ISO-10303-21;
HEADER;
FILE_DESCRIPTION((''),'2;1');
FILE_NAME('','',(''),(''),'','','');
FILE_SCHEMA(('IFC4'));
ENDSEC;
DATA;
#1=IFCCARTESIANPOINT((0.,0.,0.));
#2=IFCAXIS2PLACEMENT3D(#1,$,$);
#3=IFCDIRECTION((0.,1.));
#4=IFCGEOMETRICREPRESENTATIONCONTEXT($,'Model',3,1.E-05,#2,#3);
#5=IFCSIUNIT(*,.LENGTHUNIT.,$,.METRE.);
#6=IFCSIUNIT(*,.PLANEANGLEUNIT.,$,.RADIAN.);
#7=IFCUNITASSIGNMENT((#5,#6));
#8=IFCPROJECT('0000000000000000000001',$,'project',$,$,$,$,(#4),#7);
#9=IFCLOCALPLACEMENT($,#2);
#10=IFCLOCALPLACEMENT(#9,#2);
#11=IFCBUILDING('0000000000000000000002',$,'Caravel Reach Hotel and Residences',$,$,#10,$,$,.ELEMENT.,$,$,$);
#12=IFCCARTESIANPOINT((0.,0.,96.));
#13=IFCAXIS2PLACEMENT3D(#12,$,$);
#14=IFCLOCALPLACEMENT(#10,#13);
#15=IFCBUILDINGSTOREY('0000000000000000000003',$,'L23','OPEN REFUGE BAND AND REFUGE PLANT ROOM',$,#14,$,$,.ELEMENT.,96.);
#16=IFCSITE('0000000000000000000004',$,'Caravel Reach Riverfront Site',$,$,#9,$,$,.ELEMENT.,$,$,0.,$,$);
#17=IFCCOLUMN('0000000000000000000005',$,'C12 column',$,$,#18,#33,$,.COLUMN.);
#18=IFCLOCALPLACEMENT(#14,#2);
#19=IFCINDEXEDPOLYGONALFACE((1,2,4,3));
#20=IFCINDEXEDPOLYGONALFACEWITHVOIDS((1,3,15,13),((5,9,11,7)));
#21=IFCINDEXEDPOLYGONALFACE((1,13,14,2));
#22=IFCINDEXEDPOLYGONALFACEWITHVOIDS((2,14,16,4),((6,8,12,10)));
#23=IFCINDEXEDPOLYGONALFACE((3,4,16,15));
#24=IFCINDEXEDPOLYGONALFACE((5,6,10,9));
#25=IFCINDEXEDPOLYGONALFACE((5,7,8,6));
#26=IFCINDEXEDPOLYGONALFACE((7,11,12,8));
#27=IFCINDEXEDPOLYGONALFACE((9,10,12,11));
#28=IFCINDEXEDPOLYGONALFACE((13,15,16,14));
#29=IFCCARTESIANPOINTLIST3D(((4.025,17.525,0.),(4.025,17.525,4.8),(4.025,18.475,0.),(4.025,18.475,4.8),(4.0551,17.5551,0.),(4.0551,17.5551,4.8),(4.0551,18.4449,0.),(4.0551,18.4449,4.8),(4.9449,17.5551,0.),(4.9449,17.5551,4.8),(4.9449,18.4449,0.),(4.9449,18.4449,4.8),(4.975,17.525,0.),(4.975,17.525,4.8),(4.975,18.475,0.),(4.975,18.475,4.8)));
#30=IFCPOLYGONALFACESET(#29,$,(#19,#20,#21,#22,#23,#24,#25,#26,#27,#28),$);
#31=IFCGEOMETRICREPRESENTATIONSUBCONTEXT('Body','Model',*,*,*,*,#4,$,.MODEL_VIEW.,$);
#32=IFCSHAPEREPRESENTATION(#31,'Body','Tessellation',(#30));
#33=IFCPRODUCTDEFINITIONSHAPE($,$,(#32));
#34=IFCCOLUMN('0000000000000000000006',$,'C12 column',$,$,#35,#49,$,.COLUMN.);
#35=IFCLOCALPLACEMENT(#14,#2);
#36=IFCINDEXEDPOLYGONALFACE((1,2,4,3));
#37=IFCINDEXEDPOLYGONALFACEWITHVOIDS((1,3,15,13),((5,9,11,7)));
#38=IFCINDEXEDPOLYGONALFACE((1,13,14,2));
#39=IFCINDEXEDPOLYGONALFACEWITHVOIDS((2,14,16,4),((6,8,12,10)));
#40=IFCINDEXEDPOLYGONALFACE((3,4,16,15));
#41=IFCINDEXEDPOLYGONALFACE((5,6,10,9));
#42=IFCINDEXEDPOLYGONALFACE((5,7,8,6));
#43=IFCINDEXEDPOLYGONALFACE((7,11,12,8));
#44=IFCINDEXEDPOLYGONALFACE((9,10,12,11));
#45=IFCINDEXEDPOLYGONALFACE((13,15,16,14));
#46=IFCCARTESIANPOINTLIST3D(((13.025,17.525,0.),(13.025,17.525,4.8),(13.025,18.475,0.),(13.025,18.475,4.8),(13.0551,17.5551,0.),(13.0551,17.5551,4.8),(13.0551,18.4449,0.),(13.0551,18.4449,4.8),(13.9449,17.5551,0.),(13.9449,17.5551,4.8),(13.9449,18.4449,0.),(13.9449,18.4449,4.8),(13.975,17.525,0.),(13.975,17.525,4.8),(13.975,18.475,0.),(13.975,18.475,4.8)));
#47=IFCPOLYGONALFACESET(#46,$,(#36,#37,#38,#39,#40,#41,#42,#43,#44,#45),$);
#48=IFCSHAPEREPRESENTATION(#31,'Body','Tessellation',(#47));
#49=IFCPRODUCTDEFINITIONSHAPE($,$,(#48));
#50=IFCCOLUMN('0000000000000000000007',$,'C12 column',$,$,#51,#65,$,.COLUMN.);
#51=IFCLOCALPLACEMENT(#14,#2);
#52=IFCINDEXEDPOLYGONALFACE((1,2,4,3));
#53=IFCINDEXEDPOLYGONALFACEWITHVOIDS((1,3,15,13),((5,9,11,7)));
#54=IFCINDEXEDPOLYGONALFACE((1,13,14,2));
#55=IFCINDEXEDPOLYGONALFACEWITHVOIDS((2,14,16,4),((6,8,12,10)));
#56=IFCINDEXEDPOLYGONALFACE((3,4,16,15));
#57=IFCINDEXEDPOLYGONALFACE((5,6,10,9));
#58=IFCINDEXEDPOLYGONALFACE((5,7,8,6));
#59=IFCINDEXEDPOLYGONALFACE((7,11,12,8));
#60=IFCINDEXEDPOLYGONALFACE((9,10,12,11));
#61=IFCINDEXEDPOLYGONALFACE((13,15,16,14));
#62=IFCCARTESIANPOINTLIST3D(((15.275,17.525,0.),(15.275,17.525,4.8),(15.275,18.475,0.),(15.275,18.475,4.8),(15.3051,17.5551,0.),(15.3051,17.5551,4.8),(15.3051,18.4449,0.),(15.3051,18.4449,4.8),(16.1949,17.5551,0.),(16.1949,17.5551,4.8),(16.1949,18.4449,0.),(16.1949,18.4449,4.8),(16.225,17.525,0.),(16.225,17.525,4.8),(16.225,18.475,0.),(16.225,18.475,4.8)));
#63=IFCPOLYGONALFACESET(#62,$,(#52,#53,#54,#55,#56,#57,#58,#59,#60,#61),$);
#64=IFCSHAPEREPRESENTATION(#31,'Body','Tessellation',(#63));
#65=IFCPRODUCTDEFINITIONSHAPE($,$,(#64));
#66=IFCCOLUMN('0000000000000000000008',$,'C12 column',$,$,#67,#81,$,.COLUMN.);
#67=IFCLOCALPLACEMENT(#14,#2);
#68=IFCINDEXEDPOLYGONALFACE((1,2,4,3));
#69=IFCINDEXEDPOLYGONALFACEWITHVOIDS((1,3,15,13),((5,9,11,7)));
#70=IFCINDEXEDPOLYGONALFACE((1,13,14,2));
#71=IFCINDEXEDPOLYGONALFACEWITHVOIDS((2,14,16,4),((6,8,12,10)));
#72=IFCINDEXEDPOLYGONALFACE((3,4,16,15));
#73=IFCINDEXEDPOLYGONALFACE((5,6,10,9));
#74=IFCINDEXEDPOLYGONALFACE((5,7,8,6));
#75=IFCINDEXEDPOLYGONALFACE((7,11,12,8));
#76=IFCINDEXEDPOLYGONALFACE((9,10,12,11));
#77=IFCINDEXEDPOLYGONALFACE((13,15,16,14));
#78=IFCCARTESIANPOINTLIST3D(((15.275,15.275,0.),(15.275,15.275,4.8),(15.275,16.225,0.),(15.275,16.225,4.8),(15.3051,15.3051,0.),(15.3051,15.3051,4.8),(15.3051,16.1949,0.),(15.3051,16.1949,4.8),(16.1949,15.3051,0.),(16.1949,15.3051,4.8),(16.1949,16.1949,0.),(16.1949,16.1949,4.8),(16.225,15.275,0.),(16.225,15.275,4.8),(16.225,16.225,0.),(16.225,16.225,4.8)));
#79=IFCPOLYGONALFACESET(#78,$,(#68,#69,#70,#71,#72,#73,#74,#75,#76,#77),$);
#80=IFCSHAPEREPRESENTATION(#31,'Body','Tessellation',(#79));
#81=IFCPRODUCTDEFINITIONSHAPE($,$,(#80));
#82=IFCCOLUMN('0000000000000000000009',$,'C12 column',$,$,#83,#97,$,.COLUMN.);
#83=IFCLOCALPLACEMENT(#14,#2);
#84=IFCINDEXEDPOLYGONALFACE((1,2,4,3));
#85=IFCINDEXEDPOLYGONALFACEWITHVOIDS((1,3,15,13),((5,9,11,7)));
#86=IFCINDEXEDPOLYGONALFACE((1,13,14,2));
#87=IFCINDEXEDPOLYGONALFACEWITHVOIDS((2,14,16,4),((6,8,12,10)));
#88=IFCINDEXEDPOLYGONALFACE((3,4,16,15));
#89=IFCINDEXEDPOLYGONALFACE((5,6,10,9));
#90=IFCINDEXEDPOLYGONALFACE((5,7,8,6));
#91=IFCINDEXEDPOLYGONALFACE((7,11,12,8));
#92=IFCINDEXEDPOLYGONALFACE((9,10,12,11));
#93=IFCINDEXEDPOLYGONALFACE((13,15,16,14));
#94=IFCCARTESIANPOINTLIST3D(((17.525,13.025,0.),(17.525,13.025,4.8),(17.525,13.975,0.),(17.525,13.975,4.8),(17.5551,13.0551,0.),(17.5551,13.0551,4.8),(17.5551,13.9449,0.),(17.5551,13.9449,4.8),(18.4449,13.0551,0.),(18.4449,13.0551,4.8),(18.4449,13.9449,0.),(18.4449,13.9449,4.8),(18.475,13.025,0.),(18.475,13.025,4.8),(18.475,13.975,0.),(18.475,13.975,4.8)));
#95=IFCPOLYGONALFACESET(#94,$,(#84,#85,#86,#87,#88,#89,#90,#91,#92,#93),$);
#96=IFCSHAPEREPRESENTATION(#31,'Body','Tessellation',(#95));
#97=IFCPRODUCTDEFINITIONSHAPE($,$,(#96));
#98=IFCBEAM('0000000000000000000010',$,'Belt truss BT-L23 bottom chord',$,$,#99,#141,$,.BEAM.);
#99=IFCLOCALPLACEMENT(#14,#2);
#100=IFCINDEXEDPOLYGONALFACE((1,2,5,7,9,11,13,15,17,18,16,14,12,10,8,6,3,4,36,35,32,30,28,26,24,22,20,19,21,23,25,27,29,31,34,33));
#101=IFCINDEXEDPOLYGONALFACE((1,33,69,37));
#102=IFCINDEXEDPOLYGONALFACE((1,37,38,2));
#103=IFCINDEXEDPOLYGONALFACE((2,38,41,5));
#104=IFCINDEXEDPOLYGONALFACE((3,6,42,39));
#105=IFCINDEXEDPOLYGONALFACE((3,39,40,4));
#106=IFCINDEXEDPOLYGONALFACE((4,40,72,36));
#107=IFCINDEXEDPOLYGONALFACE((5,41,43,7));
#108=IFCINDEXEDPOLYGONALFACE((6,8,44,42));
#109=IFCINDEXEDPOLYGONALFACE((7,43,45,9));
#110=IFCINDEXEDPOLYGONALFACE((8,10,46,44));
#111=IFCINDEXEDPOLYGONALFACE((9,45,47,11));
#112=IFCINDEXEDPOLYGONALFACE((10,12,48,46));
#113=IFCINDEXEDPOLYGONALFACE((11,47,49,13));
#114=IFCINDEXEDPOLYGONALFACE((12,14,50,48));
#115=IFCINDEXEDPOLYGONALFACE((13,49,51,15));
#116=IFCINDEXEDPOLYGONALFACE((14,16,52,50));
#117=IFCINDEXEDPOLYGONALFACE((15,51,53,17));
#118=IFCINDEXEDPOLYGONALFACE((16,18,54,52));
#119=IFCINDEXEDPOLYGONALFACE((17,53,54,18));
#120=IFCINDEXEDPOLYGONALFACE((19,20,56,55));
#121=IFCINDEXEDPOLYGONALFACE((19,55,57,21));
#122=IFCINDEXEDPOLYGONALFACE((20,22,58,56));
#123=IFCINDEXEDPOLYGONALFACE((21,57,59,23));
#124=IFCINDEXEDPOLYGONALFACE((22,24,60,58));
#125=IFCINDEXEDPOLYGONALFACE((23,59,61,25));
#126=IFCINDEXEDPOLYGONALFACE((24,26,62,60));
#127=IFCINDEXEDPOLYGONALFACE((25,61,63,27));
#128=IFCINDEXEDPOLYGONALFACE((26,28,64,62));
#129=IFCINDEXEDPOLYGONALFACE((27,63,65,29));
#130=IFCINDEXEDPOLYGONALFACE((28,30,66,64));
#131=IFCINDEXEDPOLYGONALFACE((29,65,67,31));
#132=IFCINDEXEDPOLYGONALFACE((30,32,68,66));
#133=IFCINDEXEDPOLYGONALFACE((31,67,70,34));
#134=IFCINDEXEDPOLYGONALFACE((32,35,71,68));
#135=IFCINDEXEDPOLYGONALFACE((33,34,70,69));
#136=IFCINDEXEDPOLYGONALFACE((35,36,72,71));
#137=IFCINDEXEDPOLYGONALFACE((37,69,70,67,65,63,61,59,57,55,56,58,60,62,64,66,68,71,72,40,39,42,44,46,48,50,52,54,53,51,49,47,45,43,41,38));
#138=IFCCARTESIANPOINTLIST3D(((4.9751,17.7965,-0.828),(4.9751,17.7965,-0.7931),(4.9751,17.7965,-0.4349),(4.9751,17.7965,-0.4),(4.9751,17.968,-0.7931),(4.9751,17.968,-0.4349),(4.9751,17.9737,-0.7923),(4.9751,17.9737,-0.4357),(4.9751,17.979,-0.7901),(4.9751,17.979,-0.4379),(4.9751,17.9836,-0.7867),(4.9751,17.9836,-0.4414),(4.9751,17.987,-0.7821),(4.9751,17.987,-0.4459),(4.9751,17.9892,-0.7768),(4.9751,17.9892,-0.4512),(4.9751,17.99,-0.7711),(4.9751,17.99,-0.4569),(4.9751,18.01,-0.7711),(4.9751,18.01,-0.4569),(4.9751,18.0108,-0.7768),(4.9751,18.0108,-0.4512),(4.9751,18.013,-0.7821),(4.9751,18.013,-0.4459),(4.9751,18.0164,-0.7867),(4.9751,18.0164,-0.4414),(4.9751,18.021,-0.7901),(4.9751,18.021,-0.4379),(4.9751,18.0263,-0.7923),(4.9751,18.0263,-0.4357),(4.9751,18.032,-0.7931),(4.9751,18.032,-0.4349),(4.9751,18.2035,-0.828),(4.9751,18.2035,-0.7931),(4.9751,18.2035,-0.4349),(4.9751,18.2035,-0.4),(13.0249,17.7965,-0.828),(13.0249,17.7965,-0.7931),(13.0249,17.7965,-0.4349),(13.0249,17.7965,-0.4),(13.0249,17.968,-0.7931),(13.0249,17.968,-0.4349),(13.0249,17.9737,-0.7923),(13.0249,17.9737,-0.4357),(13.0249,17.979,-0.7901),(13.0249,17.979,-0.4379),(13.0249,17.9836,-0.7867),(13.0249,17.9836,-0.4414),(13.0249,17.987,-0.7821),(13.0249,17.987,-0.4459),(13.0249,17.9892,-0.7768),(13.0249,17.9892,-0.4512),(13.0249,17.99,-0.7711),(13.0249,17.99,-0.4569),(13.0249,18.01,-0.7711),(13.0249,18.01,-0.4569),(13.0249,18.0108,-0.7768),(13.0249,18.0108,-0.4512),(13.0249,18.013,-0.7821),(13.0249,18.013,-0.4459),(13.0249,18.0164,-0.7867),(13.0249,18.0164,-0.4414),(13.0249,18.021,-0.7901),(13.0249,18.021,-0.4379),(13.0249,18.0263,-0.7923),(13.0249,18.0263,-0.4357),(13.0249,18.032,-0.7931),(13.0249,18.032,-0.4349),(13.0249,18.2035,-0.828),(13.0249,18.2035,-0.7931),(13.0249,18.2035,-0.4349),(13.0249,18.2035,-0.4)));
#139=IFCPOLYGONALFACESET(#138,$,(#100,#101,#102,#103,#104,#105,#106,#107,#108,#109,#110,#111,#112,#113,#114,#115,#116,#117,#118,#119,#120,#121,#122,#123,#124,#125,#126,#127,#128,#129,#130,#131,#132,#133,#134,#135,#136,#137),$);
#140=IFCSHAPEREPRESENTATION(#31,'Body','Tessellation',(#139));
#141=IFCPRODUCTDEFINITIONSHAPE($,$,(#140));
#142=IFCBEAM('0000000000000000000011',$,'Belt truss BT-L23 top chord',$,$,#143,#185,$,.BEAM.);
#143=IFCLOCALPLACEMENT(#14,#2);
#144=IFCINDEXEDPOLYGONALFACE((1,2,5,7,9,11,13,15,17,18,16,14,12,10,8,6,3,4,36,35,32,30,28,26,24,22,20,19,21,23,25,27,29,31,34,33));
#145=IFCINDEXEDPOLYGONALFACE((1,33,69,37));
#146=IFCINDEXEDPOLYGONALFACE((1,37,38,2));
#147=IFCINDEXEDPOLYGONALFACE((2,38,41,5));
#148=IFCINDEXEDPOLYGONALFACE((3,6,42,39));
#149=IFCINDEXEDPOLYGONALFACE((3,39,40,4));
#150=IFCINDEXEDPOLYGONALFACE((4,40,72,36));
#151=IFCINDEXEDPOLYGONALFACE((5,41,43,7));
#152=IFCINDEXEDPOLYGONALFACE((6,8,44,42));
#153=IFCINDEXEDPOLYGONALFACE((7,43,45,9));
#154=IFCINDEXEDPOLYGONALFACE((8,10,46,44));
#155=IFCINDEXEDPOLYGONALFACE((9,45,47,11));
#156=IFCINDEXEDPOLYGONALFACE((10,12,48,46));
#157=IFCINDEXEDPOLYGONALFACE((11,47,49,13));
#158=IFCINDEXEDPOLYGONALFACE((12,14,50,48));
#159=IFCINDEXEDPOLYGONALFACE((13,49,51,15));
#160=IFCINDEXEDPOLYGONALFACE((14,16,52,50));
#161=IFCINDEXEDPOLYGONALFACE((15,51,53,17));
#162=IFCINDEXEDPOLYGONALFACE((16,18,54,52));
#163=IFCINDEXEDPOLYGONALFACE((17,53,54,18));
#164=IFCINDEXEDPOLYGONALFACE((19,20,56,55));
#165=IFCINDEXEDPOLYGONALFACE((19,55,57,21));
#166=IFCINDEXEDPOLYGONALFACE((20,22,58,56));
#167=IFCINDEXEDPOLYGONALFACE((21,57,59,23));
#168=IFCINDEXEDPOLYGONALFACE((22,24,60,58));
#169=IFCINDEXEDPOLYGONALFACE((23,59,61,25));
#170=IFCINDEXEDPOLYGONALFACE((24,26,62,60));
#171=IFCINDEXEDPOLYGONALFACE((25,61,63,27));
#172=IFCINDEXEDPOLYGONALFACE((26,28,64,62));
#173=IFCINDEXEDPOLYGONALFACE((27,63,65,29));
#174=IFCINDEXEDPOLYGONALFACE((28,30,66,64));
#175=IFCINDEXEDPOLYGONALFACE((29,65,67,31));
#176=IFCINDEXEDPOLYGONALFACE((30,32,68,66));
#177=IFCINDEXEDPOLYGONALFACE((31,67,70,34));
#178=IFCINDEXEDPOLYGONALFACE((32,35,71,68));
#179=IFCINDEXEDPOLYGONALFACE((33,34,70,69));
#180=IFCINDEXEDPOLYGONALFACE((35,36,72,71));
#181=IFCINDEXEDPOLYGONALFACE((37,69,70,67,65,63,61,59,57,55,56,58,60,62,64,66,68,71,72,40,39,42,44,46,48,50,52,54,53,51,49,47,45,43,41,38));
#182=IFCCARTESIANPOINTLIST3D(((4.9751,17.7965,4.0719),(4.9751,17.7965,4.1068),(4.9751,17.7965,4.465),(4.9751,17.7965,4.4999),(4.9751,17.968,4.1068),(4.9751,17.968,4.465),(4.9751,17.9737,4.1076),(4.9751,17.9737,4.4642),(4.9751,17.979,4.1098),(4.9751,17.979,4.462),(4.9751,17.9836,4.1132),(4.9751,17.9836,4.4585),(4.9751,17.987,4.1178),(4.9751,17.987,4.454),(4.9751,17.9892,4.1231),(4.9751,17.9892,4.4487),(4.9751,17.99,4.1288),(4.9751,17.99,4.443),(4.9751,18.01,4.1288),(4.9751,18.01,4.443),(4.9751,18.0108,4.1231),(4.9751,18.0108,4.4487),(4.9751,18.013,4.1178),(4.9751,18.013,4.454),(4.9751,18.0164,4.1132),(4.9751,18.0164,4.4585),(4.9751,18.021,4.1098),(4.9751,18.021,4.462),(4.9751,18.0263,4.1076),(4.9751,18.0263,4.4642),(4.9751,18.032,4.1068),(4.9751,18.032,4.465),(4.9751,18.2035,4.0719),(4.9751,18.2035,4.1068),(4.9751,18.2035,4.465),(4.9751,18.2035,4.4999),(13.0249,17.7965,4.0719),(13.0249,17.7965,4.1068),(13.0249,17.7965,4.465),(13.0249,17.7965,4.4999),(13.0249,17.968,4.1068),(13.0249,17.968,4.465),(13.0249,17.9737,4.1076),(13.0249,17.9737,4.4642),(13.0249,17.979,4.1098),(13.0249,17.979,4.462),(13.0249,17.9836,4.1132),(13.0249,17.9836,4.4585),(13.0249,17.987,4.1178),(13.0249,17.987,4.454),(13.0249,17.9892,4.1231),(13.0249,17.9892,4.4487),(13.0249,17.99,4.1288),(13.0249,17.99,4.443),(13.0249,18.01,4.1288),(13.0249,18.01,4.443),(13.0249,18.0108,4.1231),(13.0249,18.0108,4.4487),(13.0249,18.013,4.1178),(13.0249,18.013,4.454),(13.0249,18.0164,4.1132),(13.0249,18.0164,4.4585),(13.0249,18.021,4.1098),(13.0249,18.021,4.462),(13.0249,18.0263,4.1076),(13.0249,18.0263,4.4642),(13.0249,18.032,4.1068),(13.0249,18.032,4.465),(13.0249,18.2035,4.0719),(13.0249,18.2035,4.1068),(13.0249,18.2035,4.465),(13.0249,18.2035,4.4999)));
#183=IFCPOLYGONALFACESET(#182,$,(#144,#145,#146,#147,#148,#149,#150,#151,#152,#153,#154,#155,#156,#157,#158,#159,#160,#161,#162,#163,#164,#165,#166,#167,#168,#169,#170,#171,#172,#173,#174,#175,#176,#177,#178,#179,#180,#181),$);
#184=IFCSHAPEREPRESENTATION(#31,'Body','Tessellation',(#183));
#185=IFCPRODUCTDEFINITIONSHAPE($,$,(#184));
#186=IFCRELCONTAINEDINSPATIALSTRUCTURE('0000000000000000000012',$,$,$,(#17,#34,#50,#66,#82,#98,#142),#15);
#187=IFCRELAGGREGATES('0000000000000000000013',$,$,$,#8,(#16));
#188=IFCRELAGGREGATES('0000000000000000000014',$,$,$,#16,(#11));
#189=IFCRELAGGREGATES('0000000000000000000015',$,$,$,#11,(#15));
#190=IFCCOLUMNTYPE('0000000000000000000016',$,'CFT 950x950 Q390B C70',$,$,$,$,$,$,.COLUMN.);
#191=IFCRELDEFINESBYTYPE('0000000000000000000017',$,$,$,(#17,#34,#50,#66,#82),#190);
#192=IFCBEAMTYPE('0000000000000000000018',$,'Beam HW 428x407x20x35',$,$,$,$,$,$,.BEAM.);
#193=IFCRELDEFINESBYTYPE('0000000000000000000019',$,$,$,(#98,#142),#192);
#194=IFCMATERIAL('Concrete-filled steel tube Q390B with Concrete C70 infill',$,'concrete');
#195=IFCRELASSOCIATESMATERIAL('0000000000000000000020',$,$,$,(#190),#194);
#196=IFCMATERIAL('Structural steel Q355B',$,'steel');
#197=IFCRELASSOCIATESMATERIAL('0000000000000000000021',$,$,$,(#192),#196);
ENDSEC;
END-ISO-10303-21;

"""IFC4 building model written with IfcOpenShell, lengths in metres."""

from ifc_helpers import new_model, si_unit, direction, frame, origin, origin_2d, place, context, subcontext, project, spatial, hollow_rectangle, i_section, extrude, material, material_profile, profile_set, type_object, element, save


model = new_model("IFC4")

# Units and contexts
model_context = context("Model", 3, precision=1e-05, world=origin(), true_north=direction((0.0, 1.0)))
body_context = subcontext(model_context, "Body", "Model", "MODEL_VIEW")
ifc_project = project(units=[si_unit("LENGTHUNIT", "METRE"), si_unit("PLANEANGLEUNIT", "RADIAN")], contexts=[model_context])

# Site, building, storey
site_placement = place(None, origin())
site = spatial("IfcSite", under=ifc_project, at=site_placement, Name="Caravel Reach Riverfront Site", CompositionType="ELEMENT", RefElevation=0.0)
building_placement = place(site_placement, origin())
building = spatial("IfcBuilding", under=site, at=building_placement, Name="Caravel Reach Hotel and Residences", CompositionType="ELEMENT")
storey_placement = place(building_placement, frame((0.0, 0.0, 96.0)))
storey = spatial("IfcBuildingStorey", under=building, at=storey_placement, Name="L23", Description="OPEN REFUGE BAND AND REFUGE PLANT ROOM", CompositionType="ELEMENT", Elevation=96.0)

# Columns
ifc_material_1 = material(Name="Concrete-filled steel tube Q390B with Concrete C70 infill", Category="concrete")
ifc_material_profile_1 = material_profile(ifc_material_1, hollow_rectangle(XDim=0.95, YDim=0.95, WallThickness=0.03, at=origin_2d()), Name="RHS 950x950x30")
ifc_profile_set_1 = profile_set([ifc_material_profile_1], Name="Concrete-filled steel tube Q390B with Concrete C70 infill")
column_type = type_object("IfcColumnType", Name="CFT 950x950 Q390B C70", PredefinedType="COLUMN", material=ifc_profile_set_1)
for number, where, z_axis, x_axis, name in (
    (1, (4.5, 18.0, 0.0), (0.0, 0.0, 1.0), (1.0, 0.0, 0.0), "C12 column"),
    (2, (13.5, 18.0, 0.0), (0.0, 0.0, 1.0), (1.0, 0.0, 0.0), "C12 column"),
    (3, (15.75, 18.0, 0.0), (0.0, 0.0, 1.0), (1.0, 0.0, 0.0), "C12 column"),
    (4, (15.75, 15.75, 0.0), (0.0, 0.0, 1.0), (1.0, 0.0, 0.0), "C12 column"),
    (5, (18.0, 13.5, 0.0), (0.0, 0.0, 1.0), (1.0, 0.0, 0.0), "C12 column"),
):
    element("IfcColumn", number, at=place(storey_placement, frame(where, z_axis=z_axis, x_axis=x_axis)), inside=storey, type_object=column_type, Name=name, PredefinedType="COLUMN", context=body_context, shape_type="SweptSolid", body=[
        extrude(hollow_rectangle(XDim=0.95, YDim=0.95, WallThickness=0.03, at=origin_2d()), origin(), (0.0, 0.0, 1.0), 4.8),
    ])

# Beams
ifc_material_2 = material(Name="Structural steel Q355B", Category="steel")
ifc_material_profile_2 = material_profile(ifc_material_2, i_section(OverallWidth=0.407, OverallDepth=0.428, WebThickness=0.02, FlangeThickness=0.0349, FilletRadius=0.022, at=origin_2d()), Name="HW 428x407x20x35")
ifc_profile_set_2 = profile_set([ifc_material_profile_2], Name="Structural steel Q355B")
beam_type = type_object("IfcBeamType", Name="Beam HW 428x407x20x35", PredefinedType="BEAM", material=ifc_profile_set_2)
for number, where, z_axis, x_axis, name in (
    (6, (4.9751, 18.0, -0.614), (1.0, 0.0, 0.0), (0.0, 1.0, 0.0), "Belt truss BT-L23 bottom chord"),
    (7, (4.9751, 18.0, 4.2859), (1.0, 0.0, 0.0), (0.0, 1.0, 0.0), "Belt truss BT-L23 top chord"),
):
    element("IfcBeam", number, at=place(storey_placement, frame(where, z_axis=z_axis, x_axis=x_axis)), inside=storey, type_object=beam_type, Name=name, PredefinedType="BEAM", context=body_context, shape_type="SweptSolid", body=[
        extrude(i_section(OverallWidth=0.407, OverallDepth=0.428, WebThickness=0.02, FlangeThickness=0.0349, FilletRadius=0.022, at=origin_2d()), origin(), (0.0, 0.0, 1.0), 8.0498),
    ])

save(model, "model.ifc")
